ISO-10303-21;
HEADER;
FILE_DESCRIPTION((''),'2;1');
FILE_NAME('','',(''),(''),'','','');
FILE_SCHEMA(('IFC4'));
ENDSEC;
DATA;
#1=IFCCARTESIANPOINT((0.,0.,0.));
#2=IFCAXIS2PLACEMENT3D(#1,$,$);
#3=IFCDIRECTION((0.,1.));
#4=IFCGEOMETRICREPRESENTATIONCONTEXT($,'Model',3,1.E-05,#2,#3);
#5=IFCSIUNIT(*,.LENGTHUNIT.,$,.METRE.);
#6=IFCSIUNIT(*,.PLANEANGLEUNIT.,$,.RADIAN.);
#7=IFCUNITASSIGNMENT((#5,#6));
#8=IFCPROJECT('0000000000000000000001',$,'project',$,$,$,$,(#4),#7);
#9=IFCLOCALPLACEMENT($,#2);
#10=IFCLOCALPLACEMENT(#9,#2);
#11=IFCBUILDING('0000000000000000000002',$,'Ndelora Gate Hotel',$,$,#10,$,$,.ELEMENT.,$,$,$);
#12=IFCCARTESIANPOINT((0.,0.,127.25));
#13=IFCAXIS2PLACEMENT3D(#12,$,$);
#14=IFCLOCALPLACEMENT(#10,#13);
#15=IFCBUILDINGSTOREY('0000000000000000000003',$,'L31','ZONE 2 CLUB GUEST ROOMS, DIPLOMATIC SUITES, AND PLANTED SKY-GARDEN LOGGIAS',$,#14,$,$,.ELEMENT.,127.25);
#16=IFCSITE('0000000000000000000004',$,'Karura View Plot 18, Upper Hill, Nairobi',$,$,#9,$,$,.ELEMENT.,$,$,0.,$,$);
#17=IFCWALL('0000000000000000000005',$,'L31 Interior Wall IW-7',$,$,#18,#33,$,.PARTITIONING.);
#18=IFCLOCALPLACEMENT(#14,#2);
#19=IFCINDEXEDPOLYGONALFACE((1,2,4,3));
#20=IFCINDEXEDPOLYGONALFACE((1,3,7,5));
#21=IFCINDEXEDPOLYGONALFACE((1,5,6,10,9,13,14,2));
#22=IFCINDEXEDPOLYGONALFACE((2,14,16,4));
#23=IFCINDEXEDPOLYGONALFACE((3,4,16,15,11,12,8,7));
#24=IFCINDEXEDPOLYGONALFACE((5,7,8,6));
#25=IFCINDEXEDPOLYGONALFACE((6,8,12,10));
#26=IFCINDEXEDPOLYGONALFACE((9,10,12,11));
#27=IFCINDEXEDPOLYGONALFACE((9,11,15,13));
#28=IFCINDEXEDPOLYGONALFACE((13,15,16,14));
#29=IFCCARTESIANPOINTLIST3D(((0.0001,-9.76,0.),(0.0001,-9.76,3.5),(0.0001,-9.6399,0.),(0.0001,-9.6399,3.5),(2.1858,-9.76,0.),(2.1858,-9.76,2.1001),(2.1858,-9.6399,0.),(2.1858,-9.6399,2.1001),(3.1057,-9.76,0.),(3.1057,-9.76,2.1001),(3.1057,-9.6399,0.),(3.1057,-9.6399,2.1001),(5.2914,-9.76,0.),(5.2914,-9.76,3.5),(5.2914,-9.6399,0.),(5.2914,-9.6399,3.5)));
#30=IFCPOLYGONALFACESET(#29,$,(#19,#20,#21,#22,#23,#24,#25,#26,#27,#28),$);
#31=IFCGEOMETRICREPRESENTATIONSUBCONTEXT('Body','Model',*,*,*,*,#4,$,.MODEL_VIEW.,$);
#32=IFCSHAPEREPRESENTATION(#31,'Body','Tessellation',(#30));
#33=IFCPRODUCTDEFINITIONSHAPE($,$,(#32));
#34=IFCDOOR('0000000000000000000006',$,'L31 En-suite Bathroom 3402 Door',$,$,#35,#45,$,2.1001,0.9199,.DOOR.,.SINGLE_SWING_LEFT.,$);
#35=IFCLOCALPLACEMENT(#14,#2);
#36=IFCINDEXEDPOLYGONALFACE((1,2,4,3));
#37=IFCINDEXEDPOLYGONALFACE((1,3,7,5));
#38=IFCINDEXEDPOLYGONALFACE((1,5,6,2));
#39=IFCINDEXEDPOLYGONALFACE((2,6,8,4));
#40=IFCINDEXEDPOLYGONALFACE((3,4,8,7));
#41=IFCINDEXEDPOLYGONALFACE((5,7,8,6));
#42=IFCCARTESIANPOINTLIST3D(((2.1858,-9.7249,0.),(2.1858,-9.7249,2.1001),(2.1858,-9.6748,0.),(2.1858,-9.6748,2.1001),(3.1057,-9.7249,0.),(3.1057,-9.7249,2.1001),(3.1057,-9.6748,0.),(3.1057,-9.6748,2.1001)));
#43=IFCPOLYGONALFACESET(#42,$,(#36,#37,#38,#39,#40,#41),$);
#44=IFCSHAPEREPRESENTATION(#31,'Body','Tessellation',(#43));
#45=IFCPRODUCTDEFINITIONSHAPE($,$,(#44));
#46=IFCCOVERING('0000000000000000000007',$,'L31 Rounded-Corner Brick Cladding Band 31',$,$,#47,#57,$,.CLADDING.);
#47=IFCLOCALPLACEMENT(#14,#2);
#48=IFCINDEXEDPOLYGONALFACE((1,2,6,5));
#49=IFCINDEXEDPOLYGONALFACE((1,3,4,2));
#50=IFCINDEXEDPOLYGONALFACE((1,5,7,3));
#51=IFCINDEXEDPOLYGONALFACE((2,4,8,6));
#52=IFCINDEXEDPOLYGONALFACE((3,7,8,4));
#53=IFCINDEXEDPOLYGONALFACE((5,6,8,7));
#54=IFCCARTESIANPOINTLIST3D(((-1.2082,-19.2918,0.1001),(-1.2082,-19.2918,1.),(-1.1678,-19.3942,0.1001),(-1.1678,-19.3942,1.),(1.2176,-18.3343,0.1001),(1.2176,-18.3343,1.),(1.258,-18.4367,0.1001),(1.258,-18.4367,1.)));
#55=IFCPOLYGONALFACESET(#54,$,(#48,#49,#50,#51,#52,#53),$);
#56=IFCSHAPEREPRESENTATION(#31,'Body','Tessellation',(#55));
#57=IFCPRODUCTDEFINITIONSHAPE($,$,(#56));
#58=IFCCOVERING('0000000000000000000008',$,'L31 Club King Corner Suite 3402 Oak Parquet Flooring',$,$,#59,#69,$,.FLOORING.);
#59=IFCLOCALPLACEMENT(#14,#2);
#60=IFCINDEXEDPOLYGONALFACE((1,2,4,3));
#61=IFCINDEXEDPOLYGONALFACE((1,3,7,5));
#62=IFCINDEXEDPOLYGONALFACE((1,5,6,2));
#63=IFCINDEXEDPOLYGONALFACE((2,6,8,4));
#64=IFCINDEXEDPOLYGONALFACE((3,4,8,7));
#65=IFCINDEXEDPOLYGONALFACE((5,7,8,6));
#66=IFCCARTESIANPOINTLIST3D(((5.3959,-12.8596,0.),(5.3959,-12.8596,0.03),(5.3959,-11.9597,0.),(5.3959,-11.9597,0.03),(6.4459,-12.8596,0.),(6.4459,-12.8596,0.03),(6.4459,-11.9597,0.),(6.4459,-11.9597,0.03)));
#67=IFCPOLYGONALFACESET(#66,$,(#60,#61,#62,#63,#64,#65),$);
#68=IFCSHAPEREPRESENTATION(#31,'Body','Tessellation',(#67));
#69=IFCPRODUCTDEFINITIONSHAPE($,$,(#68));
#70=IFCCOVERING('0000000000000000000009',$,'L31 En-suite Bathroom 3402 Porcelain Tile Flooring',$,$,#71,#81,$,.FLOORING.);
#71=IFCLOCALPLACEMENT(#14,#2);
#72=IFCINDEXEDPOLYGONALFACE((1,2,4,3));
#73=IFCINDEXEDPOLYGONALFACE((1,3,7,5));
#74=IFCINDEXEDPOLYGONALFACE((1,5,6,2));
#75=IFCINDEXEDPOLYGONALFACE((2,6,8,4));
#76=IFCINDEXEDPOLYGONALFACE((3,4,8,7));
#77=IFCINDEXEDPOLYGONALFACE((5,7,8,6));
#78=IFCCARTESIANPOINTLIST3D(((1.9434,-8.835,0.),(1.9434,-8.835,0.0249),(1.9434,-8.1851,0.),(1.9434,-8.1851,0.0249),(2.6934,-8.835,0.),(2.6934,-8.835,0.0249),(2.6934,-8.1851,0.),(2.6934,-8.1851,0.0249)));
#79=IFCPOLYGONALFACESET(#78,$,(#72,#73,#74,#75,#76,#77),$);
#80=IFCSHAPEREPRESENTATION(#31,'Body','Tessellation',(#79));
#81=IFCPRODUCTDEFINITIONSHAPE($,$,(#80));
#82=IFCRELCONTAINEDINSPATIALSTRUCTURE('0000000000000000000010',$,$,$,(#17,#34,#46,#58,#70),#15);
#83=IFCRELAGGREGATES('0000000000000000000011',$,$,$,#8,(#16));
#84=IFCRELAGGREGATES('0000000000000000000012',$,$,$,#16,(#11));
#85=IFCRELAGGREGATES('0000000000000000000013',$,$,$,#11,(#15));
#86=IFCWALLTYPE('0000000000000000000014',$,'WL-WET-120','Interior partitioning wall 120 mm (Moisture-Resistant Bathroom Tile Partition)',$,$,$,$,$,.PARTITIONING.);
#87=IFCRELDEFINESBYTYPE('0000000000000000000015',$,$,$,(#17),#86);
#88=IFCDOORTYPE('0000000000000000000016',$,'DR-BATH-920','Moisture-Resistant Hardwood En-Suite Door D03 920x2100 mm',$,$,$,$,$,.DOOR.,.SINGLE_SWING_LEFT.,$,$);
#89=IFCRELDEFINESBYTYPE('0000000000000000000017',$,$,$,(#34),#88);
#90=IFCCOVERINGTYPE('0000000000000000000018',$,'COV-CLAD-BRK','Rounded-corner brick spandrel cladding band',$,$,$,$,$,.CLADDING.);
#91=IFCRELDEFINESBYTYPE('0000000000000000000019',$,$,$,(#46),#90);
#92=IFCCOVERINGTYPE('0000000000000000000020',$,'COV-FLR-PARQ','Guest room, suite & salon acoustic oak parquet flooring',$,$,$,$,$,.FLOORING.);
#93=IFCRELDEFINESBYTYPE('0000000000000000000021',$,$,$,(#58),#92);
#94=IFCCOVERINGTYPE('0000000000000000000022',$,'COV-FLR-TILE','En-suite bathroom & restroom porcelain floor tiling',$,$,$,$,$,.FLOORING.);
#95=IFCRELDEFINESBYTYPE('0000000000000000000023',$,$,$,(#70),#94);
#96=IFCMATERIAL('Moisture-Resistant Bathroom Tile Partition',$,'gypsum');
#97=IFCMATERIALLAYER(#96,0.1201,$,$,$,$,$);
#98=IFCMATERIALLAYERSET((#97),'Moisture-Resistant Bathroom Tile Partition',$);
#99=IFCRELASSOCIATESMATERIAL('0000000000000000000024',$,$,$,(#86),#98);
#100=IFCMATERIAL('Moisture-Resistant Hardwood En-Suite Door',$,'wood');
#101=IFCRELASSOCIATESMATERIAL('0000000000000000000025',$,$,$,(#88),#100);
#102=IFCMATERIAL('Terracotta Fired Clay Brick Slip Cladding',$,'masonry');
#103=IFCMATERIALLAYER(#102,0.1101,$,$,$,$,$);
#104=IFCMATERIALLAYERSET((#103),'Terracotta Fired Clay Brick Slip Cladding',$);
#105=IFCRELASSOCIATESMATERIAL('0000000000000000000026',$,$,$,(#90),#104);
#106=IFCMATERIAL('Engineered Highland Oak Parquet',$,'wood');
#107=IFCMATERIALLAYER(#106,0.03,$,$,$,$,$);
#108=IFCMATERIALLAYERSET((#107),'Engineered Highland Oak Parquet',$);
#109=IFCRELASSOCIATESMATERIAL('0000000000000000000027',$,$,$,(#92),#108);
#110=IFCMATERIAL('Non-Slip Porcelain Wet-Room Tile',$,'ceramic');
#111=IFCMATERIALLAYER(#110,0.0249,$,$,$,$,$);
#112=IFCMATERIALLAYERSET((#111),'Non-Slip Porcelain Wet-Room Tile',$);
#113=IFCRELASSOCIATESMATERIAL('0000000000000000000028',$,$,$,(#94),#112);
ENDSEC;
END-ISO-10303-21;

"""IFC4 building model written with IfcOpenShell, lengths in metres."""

from ifc_helpers import new_model, si_unit, direction, frame, frame_2d, origin, origin_2d, place, context, subcontext, project, spatial, rectangle, extrude, material, layer, layer_set, type_object, element, fill, save


model = new_model("IFC4")

# Units and contexts
model_context = context("Model", 3, precision=1e-05, world=origin(), true_north=direction((0.0, 1.0)))
body_context = subcontext(model_context, "Body", "Model", "MODEL_VIEW")
ifc_project = project(units=[si_unit("LENGTHUNIT", "METRE"), si_unit("PLANEANGLEUNIT", "RADIAN")], contexts=[model_context])

# Site, building, storey
site_placement = place(None, origin())
site = spatial("IfcSite", under=ifc_project, at=site_placement, Name="Karura View Plot 18, Upper Hill, Nairobi", CompositionType="ELEMENT", RefElevation=0.0)
building_placement = place(site_placement, origin())
building = spatial("IfcBuilding", under=site, at=building_placement, Name="Ndelora Gate Hotel", CompositionType="ELEMENT")
storey_placement = place(building_placement, frame((0.0, 0.0, 127.25)))
storey = spatial("IfcBuildingStorey", under=building, at=storey_placement, Name="L31", Description="ZONE 2 CLUB GUEST ROOMS, DIPLOMATIC SUITES, AND PLANTED SKY-GARDEN LOGGIAS", CompositionType="ELEMENT", Elevation=127.25)

# Shared definitions
ifc_material_1 = material(Name="Moisture-Resistant Bathroom Tile Partition", Category="gypsum")
ifc_layer_1 = layer(ifc_material_1, 0.1201)
ifc_layer_set_1 = layer_set([ifc_layer_1], Name="Moisture-Resistant Bathroom Tile Partition")
wall_type_1 = type_object("IfcWallType", Name="WL-WET-120", Description="Interior partitioning wall 120 mm (Moisture-Resistant Bathroom Tile Partition)", PredefinedType="PARTITIONING", material=ifc_layer_set_1)
ifc_material_2 = material(Name="Moisture-Resistant Hardwood En-Suite Door", Category="wood")
door_type_1 = type_object("IfcDoorType", Name="DR-BATH-920", Description="Moisture-Resistant Hardwood En-Suite Door D03 920x2100 mm", OperationType="SINGLE_SWING_LEFT", PredefinedType="DOOR", material=ifc_material_2)

# Wall, opening, door
wall_1_placement = place(storey_placement, frame((5.2913, -9.7, 0.0), z_axis=(0.0, 0.0, 1.0), x_axis=(-1.0, 0.0, 0.0)))
wall_1 = element("IfcWall", 1, at=wall_1_placement, inside=storey, type_object=wall_type_1, Name="L31 Interior Wall IW-7", PredefinedType="PARTITIONING", context=body_context, shape_type="SweptSolid", body=[
    extrude(rectangle(XDim=5.2913, YDim=0.1201, at=frame_2d((2.6455, 0.0))), origin(), (0.0, 0.0, 1.0), 3.5),
])
opening_1_placement = place(wall_1_placement, frame((2.1855, 0.0, 0.0)))
opening_1 = element("IfcOpeningElement", 2, at=opening_1_placement, cuts=wall_1, PredefinedType="OPENING", context=body_context, shape_type="SweptSolid", body=[
    extrude(rectangle(XDim=0.9199, YDim=2.1001, at=frame_2d((0.46, 1.05))), frame((0.0, 0.0701, 0.0), z_axis=(0.0, -1.0, 0.0), x_axis=(1.0, 0.0, 0.0)), (0.0, 0.0, 1.0), 0.1401),
])
door_1_placement = place(opening_1_placement, origin())
door_1 = element("IfcDoor", 3, at=door_1_placement, inside=storey, type_object=door_type_1, Name="L31 En-suite Bathroom 3402 Door", OperationType="SINGLE_SWING_LEFT", OverallHeight=2.1001, OverallWidth=0.9199, PredefinedType="DOOR", context=body_context, shape_type="SweptSolid", body=[
    extrude(rectangle(XDim=0.9199, YDim=2.1001, at=frame_2d((0.46, 1.05))), frame((0.0, 0.0249, 0.0), z_axis=(0.0, -1.0, 0.0), x_axis=(1.0, 0.0, 0.0)), (0.0, 0.0, 1.0), 0.05),
])
fill(opening_1, door_1)

# Coverings
ifc_material_3 = material(Name="Terracotta Fired Clay Brick Slip Cladding", Category="masonry")
ifc_layer_2 = layer(ifc_material_3, 0.1101)
ifc_layer_set_2 = layer_set([ifc_layer_2], Name="Terracotta Fired Clay Brick Slip Cladding")
covering_type_1 = type_object("IfcCoveringType", Name="COV-CLAD-BRK", Description="Rounded-corner brick spandrel cladding band", PredefinedType="CLADDING", material=ifc_layer_set_2)
covering_1_placement = place(storey_placement, frame((0.0249, -18.8643, 0.1001), z_axis=(0.0, 0.0, 1.0), x_axis=(0.930161, 0.367151, 0.0)))
element("IfcCovering", 4, at=covering_1_placement, inside=storey, type_object=covering_type_1, Name="L31 Rounded-Corner Brick Cladding Band 31", PredefinedType="CLADDING", context=body_context, shape_type="SweptSolid", body=[
    extrude(rectangle(XDim=2.6079, YDim=0.1101, at=origin_2d()), origin(), (0.0, 0.0, 1.0), 0.8999),
])
ifc_material_4 = material(Name="Engineered Highland Oak Parquet", Category="wood")
ifc_layer_3 = layer(ifc_material_4, 0.03)
ifc_layer_set_3 = layer_set([ifc_layer_3], Name="Engineered Highland Oak Parquet")
covering_type_2 = type_object("IfcCoveringType", Name="COV-FLR-PARQ", Description="Guest room, suite & salon acoustic oak parquet flooring", PredefinedType="FLOORING", material=ifc_layer_set_3)
covering_2_placement = place(storey_placement, frame((5.9209, -12.4097, 0.0), z_axis=(0.0, 0.0, 1.0), x_axis=(1.0, 0.0, 0.0)))
element("IfcCovering", 5, at=covering_2_placement, inside=storey, type_object=covering_type_2, Name="L31 Club King Corner Suite 3402 Oak Parquet Flooring", PredefinedType="FLOORING", context=body_context, shape_type="SweptSolid", body=[
    extrude(rectangle(XDim=1.05, YDim=0.8999, at=origin_2d()), origin(), (0.0, 0.0, 1.0), 0.03),
])
ifc_material_5 = material(Name="Non-Slip Porcelain Wet-Room Tile", Category="ceramic")
ifc_layer_4 = layer(ifc_material_5, 0.0249)
ifc_layer_set_4 = layer_set([ifc_layer_4], Name="Non-Slip Porcelain Wet-Room Tile")
covering_type_3 = type_object("IfcCoveringType", Name="COV-FLR-TILE", Description="En-suite bathroom & restroom porcelain floor tiling", PredefinedType="FLOORING", material=ifc_layer_set_4)
covering_3_placement = place(storey_placement, frame((2.3184, -8.51, 0.0), z_axis=(0.0, 0.0, 1.0), x_axis=(1.0, 0.0, 0.0)))
element("IfcCovering", 6, at=covering_3_placement, inside=storey, type_object=covering_type_3, Name="L31 En-suite Bathroom 3402 Porcelain Tile Flooring", PredefinedType="FLOORING", context=body_context, shape_type="SweptSolid", body=[
    extrude(rectangle(XDim=0.75, YDim=0.6499, at=origin_2d()), origin(), (0.0, 0.0, 1.0), 0.0249),
])

save(model, "model.ifc")
